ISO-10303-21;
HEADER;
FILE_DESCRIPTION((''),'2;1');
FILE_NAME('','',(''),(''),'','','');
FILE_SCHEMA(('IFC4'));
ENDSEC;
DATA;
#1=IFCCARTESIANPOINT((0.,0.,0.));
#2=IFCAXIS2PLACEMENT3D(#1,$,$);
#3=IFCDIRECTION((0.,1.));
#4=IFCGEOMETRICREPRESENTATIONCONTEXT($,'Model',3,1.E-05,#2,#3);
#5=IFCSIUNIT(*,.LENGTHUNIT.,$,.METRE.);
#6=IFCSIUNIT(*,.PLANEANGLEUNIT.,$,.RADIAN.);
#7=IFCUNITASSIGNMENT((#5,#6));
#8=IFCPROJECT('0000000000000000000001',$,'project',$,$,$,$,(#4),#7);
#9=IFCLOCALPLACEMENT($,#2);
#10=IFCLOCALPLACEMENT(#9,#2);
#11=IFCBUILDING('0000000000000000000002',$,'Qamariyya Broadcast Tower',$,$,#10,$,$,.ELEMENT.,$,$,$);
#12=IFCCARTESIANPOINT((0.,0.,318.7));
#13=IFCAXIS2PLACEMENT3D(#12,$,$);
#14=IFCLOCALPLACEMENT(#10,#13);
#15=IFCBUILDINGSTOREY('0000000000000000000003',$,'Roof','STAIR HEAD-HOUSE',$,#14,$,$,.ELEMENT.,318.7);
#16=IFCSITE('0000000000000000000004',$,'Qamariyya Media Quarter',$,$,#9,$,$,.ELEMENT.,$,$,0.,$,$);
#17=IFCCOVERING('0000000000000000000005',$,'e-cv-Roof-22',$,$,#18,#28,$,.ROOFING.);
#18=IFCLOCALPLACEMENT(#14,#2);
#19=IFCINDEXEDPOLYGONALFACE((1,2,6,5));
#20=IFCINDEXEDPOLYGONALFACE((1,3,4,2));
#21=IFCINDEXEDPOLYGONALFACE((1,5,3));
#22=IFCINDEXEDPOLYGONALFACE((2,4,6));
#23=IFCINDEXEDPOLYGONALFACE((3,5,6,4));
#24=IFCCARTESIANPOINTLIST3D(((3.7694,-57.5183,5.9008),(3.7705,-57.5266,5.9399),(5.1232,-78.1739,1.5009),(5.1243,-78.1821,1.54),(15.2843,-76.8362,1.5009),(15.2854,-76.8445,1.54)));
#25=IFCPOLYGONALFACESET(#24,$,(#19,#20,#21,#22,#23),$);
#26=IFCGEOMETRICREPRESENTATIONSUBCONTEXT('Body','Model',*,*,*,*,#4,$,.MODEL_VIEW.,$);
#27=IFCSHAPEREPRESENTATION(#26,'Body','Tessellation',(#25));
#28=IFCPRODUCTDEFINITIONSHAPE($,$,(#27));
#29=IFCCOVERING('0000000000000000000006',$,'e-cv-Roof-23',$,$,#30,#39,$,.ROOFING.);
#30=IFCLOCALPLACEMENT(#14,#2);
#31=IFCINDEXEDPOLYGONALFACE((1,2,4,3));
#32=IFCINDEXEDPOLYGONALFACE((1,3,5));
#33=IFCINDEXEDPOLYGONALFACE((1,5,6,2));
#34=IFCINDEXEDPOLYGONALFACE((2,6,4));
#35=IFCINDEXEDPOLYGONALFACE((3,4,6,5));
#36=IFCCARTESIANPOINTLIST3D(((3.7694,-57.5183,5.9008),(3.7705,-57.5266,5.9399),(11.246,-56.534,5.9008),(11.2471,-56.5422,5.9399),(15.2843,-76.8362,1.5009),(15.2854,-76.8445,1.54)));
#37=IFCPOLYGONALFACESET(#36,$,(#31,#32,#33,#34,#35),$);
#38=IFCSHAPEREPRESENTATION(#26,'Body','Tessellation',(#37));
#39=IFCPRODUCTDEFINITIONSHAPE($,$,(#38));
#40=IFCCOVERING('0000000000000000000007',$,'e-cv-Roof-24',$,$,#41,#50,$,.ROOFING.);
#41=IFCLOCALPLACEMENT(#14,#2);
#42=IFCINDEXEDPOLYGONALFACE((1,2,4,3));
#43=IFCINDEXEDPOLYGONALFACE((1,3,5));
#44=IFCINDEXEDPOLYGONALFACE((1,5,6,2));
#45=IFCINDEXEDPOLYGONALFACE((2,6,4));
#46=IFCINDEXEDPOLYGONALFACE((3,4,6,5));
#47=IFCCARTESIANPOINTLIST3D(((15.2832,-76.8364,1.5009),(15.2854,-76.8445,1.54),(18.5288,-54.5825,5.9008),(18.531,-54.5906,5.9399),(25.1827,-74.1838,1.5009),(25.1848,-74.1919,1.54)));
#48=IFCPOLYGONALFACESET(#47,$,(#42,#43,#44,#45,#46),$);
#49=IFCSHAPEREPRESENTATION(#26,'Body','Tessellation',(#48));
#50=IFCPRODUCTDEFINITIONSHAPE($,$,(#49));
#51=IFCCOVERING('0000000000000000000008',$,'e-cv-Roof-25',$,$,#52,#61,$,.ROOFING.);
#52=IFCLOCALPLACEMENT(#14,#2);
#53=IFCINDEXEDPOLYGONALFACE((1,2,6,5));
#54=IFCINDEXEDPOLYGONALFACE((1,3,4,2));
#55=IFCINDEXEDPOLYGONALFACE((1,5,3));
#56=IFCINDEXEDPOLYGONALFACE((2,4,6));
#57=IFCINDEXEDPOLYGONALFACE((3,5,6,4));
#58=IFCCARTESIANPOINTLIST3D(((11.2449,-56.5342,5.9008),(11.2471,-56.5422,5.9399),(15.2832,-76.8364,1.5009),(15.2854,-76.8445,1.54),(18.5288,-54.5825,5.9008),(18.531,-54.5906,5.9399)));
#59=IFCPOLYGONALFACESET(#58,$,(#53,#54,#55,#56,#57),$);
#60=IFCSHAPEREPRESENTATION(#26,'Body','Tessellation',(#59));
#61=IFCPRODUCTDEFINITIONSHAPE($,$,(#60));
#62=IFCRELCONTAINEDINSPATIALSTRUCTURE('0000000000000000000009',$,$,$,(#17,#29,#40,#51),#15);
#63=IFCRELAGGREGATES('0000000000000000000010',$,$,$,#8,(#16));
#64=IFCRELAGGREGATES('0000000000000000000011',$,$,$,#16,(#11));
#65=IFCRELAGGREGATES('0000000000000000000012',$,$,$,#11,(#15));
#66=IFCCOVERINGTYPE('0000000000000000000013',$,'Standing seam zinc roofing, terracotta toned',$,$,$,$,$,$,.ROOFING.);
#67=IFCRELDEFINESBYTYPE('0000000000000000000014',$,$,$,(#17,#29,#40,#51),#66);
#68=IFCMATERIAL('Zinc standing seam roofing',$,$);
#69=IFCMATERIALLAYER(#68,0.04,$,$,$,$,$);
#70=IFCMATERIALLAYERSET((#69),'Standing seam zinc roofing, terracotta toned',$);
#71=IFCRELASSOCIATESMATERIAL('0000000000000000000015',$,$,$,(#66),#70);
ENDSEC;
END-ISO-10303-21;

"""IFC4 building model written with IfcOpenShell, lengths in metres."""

from ifc_helpers import new_model, si_unit, direction, frame, origin, place, context, subcontext, project, spatial, polyline, outline, extrude, material, layer, layer_set, type_object, element, save


model = new_model("IFC4")

# Units and contexts
model_context = context("Model", 3, precision=1e-05, world=origin(), true_north=direction((0.0, 1.0)))
body_context = subcontext(model_context, "Body", "Model", "MODEL_VIEW")
ifc_project = project(units=[si_unit("LENGTHUNIT", "METRE"), si_unit("PLANEANGLEUNIT", "RADIAN")], contexts=[model_context])

# Site, building, storey
site_placement = place(None, origin())
site = spatial("IfcSite", under=ifc_project, at=site_placement, Name="Qamariyya Media Quarter", CompositionType="ELEMENT", RefElevation=0.0)
building_placement = place(site_placement, origin())
building = spatial("IfcBuilding", under=site, at=building_placement, Name="Qamariyya Broadcast Tower", CompositionType="ELEMENT")
storey_placement = place(building_placement, frame((0.0, 0.0, 318.7)))
storey = spatial("IfcBuildingStorey", under=building, at=storey_placement, Name="Roof", Description="STAIR HEAD-HOUSE", CompositionType="ELEMENT", Elevation=318.7)

# Coverings
ifc_material_1 = material(Name="Zinc standing seam roofing")
ifc_layer_1 = layer(ifc_material_1, 0.04)
ifc_layer_set_1 = layer_set([ifc_layer_1], Name="Standing seam zinc roofing, terracotta toned")
covering_type = type_object("IfcCoveringType", Name="Standing seam zinc roofing, terracotta toned", PredefinedType="ROOFING", material=ifc_layer_set_1)
covering_1_placement = place(storey_placement, frame((3.7705, -57.5266, 5.9399), z_axis=(0.027192, -0.206557, 0.978057), x_axis=(0.06397, -0.976053, -0.207912)))
element("IfcCovering", 1, at=covering_1_placement, inside=storey, type_object=covering_type, Name="e-cv-Roof-22", PredefinedType="ROOFING", context=body_context, shape_type="SweptSolid", body=[
    extrude(outline(polyline([(0.0, 0.0), (21.1623, 0.0), (20.5067, 10.2278), (0.0, 0.0)])), origin(), (0.0, 0.0, -1.0), 0.04),
])
covering_2_placement = place(storey_placement, frame((15.2854, -76.8445, 1.54), z_axis=(0.027195, -0.206555, 0.978057), x_axis=(-0.190825, 0.959353, 0.207911)))
element("IfcCovering", 2, at=covering_2_placement, inside=storey, type_object=covering_type, Name="e-cv-Roof-23", PredefinedType="ROOFING", context=body_context, shape_type="SweptSolid", body=[
    extrude(outline(polyline([(0.0, 0.0), (21.1624, 0.0), (21.6448, 7.5256), (0.0, 0.0)])), origin(), (0.0, 0.0, -1.0), 0.04),
])
covering_3_placement = place(storey_placement, frame((15.2854, -76.8445, 1.54), z_axis=(0.053923, -0.20124, 0.978057), x_axis=(0.965925, 0.258823, 0.0)))
element("IfcCovering", 3, at=covering_3_placement, inside=storey, type_object=covering_type, Name="e-cv-Roof-24", PredefinedType="ROOFING", context=body_context, shape_type="SweptSolid", body=[
    extrude(outline(polyline([(0.0, 0.0), (10.2486, 0.0), (8.8948, 21.119), (0.0, 0.0)])), origin(), (0.0, 0.0, -1.0), 0.04),
])
covering_4_placement = place(storey_placement, frame((15.2854, -76.8445, 1.54), z_axis=(0.05392, -0.201239, 0.978057), x_axis=(0.141632, 0.97112, 0.192004)))
element("IfcCovering", 4, at=covering_4_placement, inside=storey, type_object=covering_type, Name="e-cv-Roof-25", PredefinedType="ROOFING", context=body_context, shape_type="SweptSolid", body=[
    extrude(outline(polyline([(0.0, 0.0), (22.9157, 0.0), (19.9888, 6.9497), (0.0, 0.0)])), origin(), (0.0, 0.0, -1.0), 0.04),
])

save(model, "model.ifc")
